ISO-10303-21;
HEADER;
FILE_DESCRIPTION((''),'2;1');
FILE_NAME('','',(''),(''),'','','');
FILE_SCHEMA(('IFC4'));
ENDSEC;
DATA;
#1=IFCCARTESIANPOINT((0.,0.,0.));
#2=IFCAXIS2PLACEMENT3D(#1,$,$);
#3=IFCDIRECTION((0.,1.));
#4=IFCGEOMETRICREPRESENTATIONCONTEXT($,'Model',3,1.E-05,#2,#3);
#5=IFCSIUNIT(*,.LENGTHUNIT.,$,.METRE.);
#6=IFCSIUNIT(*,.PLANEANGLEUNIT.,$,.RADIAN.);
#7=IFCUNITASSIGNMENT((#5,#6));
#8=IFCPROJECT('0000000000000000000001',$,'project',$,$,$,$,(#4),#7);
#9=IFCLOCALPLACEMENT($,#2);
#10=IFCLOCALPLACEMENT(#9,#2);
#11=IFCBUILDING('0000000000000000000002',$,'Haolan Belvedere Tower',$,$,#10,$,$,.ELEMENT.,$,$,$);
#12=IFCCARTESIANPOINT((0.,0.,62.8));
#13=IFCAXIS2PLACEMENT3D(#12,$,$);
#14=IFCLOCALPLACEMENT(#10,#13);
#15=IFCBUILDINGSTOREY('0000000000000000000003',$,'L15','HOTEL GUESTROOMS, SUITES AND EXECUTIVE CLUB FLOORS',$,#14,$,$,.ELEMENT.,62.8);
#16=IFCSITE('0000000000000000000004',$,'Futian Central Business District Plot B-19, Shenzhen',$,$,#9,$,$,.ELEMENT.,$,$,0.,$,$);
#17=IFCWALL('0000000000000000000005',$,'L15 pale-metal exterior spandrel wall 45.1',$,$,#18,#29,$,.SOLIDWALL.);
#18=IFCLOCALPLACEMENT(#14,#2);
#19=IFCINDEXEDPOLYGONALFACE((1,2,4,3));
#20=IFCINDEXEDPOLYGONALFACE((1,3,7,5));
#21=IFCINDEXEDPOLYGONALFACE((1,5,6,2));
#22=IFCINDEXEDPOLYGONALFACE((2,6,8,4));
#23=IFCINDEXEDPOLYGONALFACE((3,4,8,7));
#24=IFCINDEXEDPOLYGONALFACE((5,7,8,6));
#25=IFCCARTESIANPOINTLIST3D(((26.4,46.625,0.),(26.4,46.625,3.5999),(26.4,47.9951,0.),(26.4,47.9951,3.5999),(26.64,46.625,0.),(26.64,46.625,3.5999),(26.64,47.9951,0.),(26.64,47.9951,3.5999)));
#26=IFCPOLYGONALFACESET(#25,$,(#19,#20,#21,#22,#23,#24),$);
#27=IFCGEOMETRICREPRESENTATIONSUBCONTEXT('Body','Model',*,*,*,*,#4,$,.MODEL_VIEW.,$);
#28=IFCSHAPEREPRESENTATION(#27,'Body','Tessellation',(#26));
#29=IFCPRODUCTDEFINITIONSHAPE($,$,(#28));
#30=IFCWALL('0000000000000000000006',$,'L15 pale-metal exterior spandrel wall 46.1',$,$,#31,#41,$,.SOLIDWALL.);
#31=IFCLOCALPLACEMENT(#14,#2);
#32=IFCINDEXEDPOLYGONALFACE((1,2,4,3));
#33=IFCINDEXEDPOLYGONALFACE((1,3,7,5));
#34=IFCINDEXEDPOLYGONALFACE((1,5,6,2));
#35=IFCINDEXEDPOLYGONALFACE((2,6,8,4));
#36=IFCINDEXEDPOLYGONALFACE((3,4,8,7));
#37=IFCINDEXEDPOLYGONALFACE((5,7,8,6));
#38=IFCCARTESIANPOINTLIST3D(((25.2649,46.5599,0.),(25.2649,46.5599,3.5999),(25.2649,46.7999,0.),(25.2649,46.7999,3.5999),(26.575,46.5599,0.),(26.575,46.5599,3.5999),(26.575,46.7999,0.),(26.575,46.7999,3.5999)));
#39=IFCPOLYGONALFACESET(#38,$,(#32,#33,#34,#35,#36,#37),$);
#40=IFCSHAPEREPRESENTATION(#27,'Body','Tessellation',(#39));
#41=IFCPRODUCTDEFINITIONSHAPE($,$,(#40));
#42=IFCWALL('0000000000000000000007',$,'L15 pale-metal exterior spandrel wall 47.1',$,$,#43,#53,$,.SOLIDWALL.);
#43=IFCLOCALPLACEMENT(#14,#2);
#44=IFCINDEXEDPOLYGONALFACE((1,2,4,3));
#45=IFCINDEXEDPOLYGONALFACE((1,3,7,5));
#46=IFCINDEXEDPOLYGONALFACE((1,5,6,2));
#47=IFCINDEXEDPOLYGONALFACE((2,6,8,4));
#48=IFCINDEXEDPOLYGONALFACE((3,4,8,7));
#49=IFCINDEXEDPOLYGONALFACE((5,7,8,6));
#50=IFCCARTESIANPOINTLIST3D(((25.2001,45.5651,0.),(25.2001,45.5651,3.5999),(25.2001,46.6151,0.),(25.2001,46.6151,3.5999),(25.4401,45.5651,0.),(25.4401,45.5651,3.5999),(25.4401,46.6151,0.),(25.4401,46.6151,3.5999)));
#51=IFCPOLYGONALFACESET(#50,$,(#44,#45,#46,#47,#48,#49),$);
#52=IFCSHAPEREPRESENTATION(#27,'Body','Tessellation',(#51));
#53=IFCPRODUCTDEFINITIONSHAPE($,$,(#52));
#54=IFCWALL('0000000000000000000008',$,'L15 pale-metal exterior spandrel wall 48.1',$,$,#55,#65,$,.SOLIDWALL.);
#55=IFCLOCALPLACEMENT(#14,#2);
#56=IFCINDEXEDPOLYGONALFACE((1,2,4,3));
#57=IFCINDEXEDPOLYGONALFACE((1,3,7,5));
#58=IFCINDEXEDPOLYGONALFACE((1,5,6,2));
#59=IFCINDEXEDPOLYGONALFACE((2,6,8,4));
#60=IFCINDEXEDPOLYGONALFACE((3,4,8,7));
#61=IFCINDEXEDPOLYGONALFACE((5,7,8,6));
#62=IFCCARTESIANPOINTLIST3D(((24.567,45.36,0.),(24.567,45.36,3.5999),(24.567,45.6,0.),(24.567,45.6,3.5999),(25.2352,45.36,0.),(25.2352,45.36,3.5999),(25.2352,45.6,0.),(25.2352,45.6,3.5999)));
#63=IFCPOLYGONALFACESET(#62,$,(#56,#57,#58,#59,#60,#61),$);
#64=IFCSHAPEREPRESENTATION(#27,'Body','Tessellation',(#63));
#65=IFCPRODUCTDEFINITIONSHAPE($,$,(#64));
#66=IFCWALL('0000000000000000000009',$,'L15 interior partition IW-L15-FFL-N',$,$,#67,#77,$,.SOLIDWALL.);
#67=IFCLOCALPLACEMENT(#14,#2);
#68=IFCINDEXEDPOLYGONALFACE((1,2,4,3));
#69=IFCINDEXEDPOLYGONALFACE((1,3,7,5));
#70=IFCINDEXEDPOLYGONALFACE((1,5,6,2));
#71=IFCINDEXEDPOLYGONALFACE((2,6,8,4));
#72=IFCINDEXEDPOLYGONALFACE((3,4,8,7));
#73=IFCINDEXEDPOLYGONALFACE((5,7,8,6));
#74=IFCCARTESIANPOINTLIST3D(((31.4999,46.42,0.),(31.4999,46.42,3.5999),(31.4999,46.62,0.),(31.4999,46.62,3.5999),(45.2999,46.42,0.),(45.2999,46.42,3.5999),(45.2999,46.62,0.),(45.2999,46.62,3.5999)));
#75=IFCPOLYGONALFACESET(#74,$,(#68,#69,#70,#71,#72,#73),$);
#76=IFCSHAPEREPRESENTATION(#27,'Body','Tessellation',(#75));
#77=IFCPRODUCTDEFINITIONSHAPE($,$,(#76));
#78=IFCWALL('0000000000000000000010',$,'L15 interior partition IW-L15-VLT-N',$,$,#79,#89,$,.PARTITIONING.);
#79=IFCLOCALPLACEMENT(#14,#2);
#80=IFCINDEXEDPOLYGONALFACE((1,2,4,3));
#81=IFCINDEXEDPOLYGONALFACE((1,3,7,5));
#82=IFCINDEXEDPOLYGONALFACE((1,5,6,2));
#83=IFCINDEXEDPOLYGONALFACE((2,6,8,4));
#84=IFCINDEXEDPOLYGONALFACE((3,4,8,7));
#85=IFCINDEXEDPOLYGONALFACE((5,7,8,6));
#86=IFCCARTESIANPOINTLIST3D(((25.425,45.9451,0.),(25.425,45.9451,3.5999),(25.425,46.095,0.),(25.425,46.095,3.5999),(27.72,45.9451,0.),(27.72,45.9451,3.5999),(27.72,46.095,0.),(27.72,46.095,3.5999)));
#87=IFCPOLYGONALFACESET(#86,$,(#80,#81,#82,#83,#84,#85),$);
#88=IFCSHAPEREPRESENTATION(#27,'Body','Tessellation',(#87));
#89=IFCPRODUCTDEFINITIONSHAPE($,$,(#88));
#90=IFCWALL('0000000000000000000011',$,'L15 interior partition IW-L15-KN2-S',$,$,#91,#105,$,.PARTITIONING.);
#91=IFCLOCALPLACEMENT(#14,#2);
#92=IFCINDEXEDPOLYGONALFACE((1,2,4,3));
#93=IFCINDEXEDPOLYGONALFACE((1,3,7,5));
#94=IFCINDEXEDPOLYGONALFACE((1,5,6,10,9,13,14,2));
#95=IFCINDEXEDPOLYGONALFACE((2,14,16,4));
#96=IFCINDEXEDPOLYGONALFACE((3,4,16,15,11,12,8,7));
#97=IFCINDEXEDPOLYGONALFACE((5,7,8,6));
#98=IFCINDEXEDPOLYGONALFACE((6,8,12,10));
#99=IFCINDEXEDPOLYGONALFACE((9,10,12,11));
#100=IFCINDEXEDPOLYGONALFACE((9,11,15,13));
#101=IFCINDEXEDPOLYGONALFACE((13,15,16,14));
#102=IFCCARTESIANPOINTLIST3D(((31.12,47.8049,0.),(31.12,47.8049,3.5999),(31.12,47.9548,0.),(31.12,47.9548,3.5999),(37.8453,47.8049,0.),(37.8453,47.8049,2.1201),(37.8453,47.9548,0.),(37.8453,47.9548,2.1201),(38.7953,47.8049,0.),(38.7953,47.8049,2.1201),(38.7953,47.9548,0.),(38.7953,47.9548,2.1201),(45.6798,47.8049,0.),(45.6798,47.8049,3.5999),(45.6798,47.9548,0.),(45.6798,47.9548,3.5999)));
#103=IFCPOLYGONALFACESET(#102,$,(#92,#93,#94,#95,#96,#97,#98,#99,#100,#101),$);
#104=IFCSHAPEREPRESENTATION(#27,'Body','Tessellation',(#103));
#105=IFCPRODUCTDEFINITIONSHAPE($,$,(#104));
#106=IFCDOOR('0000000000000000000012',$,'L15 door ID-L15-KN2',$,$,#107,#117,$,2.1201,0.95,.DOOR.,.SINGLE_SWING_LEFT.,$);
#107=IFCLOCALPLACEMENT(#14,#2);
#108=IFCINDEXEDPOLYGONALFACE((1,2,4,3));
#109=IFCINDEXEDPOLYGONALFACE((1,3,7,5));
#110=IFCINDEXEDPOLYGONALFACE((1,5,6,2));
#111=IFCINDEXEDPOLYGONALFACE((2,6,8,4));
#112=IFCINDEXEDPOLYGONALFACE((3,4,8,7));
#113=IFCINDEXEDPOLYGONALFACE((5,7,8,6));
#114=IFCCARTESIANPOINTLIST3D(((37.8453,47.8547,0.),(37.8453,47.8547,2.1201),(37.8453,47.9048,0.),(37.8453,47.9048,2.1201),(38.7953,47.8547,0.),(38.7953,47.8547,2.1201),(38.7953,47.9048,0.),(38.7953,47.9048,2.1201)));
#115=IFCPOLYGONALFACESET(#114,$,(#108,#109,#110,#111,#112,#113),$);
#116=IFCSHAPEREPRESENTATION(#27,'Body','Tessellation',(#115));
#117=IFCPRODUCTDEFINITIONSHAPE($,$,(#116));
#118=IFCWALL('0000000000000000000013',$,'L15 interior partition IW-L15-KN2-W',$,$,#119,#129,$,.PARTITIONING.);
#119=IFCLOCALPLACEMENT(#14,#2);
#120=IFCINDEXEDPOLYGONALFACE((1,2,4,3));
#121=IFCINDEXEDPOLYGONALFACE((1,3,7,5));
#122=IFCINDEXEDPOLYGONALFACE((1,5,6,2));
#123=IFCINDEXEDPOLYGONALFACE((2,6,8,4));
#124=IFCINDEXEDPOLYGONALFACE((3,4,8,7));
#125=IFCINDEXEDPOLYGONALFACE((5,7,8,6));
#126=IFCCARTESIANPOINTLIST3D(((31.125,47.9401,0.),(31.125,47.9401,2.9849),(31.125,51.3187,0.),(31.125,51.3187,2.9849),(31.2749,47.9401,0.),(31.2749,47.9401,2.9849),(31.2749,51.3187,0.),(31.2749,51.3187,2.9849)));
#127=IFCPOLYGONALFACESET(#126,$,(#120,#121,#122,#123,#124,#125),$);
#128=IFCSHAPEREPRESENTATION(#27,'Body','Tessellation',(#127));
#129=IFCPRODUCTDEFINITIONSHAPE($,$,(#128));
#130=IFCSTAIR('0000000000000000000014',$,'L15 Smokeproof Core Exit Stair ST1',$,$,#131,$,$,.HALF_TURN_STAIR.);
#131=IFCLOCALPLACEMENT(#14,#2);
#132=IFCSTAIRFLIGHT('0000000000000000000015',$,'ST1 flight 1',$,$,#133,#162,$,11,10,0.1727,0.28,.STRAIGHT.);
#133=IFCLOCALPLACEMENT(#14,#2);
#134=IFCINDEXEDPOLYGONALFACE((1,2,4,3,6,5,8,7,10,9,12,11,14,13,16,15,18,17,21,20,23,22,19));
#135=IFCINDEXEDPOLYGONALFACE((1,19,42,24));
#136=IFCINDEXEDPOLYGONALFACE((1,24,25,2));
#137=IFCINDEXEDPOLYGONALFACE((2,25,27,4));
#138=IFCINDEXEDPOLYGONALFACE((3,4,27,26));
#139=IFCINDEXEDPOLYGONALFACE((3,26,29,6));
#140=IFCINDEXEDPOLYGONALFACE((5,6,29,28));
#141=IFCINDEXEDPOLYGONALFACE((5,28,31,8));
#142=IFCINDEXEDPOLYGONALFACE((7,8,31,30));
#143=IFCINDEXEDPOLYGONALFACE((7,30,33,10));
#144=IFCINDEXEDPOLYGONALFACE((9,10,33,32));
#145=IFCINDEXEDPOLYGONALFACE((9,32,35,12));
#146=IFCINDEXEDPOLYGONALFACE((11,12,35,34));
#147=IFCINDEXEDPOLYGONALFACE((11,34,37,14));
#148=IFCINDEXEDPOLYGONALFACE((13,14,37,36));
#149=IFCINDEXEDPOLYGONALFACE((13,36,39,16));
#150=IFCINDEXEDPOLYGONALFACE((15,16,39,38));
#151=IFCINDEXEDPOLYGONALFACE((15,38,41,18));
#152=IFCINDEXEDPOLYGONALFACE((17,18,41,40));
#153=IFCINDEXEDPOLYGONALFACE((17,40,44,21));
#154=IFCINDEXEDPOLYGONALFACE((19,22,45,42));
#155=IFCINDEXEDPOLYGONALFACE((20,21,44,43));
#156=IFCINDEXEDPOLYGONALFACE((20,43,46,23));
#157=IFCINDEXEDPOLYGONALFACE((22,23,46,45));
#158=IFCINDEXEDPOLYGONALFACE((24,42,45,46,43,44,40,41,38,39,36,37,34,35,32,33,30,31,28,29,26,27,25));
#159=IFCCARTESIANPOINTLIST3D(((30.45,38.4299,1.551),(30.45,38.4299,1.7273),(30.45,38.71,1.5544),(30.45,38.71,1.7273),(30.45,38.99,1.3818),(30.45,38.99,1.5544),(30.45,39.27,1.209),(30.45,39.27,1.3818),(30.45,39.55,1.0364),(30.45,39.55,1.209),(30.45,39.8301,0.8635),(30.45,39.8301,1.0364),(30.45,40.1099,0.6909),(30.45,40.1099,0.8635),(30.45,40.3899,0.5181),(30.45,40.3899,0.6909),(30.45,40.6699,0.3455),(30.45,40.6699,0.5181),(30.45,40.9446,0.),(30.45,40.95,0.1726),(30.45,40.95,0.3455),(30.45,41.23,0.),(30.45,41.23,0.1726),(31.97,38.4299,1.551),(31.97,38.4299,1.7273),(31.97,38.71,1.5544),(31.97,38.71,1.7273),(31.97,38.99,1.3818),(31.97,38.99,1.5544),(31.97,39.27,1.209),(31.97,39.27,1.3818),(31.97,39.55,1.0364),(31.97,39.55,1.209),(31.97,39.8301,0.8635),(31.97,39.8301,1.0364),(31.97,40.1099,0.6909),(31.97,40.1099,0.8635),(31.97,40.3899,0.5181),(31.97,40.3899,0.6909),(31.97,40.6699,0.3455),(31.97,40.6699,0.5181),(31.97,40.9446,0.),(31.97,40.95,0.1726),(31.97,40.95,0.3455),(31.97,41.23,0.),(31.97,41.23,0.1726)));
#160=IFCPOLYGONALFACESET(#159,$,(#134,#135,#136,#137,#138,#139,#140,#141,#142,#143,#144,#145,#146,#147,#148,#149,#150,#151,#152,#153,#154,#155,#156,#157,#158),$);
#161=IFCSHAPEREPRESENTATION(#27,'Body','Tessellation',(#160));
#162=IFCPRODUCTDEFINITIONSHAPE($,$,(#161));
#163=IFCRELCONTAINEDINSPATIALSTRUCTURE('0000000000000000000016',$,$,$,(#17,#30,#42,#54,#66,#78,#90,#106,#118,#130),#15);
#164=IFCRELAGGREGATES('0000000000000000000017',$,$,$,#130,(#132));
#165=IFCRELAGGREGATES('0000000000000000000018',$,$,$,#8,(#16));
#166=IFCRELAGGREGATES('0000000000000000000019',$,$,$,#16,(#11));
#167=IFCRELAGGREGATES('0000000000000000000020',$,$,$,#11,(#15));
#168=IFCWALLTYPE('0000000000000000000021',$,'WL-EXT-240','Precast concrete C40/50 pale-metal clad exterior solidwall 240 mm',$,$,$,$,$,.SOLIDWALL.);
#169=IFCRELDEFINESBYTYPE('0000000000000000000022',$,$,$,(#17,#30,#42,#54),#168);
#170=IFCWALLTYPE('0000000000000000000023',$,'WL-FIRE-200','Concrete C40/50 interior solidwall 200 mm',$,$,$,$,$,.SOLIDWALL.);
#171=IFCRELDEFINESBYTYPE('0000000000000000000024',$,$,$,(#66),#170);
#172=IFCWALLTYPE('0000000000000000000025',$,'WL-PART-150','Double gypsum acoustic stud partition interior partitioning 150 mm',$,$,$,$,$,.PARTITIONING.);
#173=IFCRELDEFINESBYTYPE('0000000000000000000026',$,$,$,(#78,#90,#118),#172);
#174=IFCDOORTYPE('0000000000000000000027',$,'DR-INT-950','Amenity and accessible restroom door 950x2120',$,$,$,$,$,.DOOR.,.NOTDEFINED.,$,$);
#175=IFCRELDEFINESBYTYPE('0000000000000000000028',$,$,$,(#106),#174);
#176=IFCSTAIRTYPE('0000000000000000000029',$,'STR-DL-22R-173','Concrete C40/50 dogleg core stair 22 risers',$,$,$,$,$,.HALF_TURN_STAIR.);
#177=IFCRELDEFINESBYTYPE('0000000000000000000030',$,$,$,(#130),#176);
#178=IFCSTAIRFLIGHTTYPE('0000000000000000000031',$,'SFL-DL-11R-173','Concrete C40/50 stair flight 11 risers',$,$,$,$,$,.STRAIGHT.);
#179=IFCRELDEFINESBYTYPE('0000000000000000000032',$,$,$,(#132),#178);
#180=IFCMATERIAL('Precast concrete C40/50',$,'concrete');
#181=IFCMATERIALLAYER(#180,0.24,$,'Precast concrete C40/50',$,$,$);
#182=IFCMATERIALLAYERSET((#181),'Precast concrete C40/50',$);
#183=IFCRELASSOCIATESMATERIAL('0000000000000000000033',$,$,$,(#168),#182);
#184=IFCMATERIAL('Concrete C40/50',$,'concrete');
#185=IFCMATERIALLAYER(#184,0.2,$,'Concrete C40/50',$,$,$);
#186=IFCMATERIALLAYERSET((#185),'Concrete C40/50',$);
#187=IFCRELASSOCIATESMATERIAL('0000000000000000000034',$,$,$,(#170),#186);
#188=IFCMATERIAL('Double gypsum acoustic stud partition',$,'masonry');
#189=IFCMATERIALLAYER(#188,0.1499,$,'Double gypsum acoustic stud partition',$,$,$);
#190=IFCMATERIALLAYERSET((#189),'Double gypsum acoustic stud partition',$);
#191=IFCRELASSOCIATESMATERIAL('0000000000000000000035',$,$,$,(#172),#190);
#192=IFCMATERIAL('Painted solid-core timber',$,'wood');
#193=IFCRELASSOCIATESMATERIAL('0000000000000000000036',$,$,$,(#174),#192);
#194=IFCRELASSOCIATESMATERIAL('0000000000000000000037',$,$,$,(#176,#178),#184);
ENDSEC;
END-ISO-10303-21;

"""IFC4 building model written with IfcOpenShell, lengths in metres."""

from ifc_helpers import new_model, si_unit, direction, frame, frame_2d, origin, place, context, subcontext, project, spatial, polyline, rectangle, outline, extrude, material, layer, layer_set, type_object, element, fill, aggregate, save


model = new_model("IFC4")

# Units and contexts
model_context = context("Model", 3, precision=1e-05, world=origin(), true_north=direction((0.0, 1.0)))
body_context = subcontext(model_context, "Body", "Model", "MODEL_VIEW")
ifc_project = project(units=[si_unit("LENGTHUNIT", "METRE"), si_unit("PLANEANGLEUNIT", "RADIAN")], contexts=[model_context])

# Site, building, storey
site_placement = place(None, origin())
site = spatial("IfcSite", under=ifc_project, at=site_placement, Name="Futian Central Business District Plot B-19, Shenzhen", CompositionType="ELEMENT", RefElevation=0.0)
building_placement = place(site_placement, origin())
building = spatial("IfcBuilding", under=site, at=building_placement, Name="Haolan Belvedere Tower", CompositionType="ELEMENT")
storey_placement = place(building_placement, frame((0.0, 0.0, 62.8)))
storey = spatial("IfcBuildingStorey", under=building, at=storey_placement, Name="L15", Description="HOTEL GUESTROOMS, SUITES AND EXECUTIVE CLUB FLOORS", CompositionType="ELEMENT", Elevation=62.8)

# Shared definitions
ifc_material_1 = material(Name="Precast concrete C40/50", Category="concrete")
ifc_layer_1 = layer(ifc_material_1, 0.24, Name="Precast concrete C40/50")
ifc_layer_set_1 = layer_set([ifc_layer_1], Name="Precast concrete C40/50")
wall_type_1 = type_object("IfcWallType", Name="WL-EXT-240", Description="Precast concrete C40/50 pale-metal clad exterior solidwall 240 mm", PredefinedType="SOLIDWALL", material=ifc_layer_set_1)

# Walls
wall_1_placement = place(storey_placement, frame((26.52, 47.9951, 0.0), z_axis=(0.0, 0.0, 1.0), x_axis=(0.0, -1.0, 0.0)))
element("IfcWall", 1, at=wall_1_placement, inside=storey, type_object=wall_type_1, Name="L15 pale-metal exterior spandrel wall 45.1", PredefinedType="SOLIDWALL", context=body_context, shape_type="SweptSolid", body=[
    extrude(rectangle(XDim=1.3701, YDim=0.24, at=frame_2d((0.6851, 0.0))), origin(), (0.0, 0.0, 1.0), 3.5999),
])
wall_2_placement = place(storey_placement, frame((26.575, 46.6799, 0.0), z_axis=(0.0, 0.0, 1.0), x_axis=(-1.0, 0.0, 0.0)))
element("IfcWall", 2, at=wall_2_placement, inside=storey, type_object=wall_type_1, Name="L15 pale-metal exterior spandrel wall 46.1", PredefinedType="SOLIDWALL", context=body_context, shape_type="SweptSolid", body=[
    extrude(rectangle(XDim=1.3101, YDim=0.24, at=frame_2d((0.655, 0.0))), origin(), (0.0, 0.0, 1.0), 3.5999),
])
wall_3_placement = place(storey_placement, frame((25.3201, 46.615, 0.0), z_axis=(0.0, 0.0, 1.0), x_axis=(0.0, -1.0, 0.0)))
element("IfcWall", 3, at=wall_3_placement, inside=storey, type_object=wall_type_1, Name="L15 pale-metal exterior spandrel wall 47.1", PredefinedType="SOLIDWALL", context=body_context, shape_type="SweptSolid", body=[
    extrude(rectangle(XDim=1.05, YDim=0.24, at=frame_2d((0.5249, 0.0))), origin(), (0.0, 0.0, 1.0), 3.5999),
])
wall_4_placement = place(storey_placement, frame((25.2351, 45.48, 0.0), z_axis=(0.0, 0.0, 1.0), x_axis=(-1.0, 0.0, 0.0)))
element("IfcWall", 4, at=wall_4_placement, inside=storey, type_object=wall_type_1, Name="L15 pale-metal exterior spandrel wall 48.1", PredefinedType="SOLIDWALL", context=body_context, shape_type="SweptSolid", body=[
    extrude(rectangle(XDim=0.6682, YDim=0.24, at=frame_2d((0.334, 0.0))), origin(), (0.0, 0.0, 1.0), 3.5999),
])
ifc_material_2 = material(Name="Concrete C40/50", Category="concrete")
ifc_layer_2 = layer(ifc_material_2, 0.2, Name="Concrete C40/50")
ifc_layer_set_2 = layer_set([ifc_layer_2], Name="Concrete C40/50")
wall_type_2 = type_object("IfcWallType", Name="WL-FIRE-200", Description="Concrete C40/50 interior solidwall 200 mm", PredefinedType="SOLIDWALL", material=ifc_layer_set_2)
wall_5_placement = place(storey_placement, frame((31.5, 46.52, 0.0), z_axis=(0.0, 0.0, 1.0), x_axis=(1.0, 0.0, 0.0)))
element("IfcWall", 5, at=wall_5_placement, inside=storey, type_object=wall_type_2, Name="L15 interior partition IW-L15-FFL-N", PredefinedType="SOLIDWALL", context=body_context, shape_type="SweptSolid", body=[
    extrude(rectangle(XDim=13.8, YDim=0.2, at=frame_2d((6.8999, 0.0))), origin(), (0.0, 0.0, 1.0), 3.5999),
])

# Wall
ifc_material_3 = material(Name="Double gypsum acoustic stud partition", Category="masonry")
ifc_layer_3 = layer(ifc_material_3, 0.1499, Name="Double gypsum acoustic stud partition")
ifc_layer_set_3 = layer_set([ifc_layer_3], Name="Double gypsum acoustic stud partition")
wall_type_3 = type_object("IfcWallType", Name="WL-PART-150", Description="Double gypsum acoustic stud partition interior partitioning 150 mm", PredefinedType="PARTITIONING", material=ifc_layer_set_3)
wall_6_placement = place(storey_placement, frame((25.425, 46.02, 0.0), z_axis=(0.0, 0.0, 1.0), x_axis=(1.0, 0.0, 0.0)))
element("IfcWall", 6, at=wall_6_placement, inside=storey, type_object=wall_type_3, Name="L15 interior partition IW-L15-VLT-N", PredefinedType="PARTITIONING", context=body_context, shape_type="SweptSolid", body=[
    extrude(rectangle(XDim=2.2949, YDim=0.1499, at=frame_2d((1.1475, 0.0))), origin(), (0.0, 0.0, 1.0), 3.5999),
])

# Wall, opening, door
wall_7_placement = place(storey_placement, frame((31.1201, 47.8799, 0.0), z_axis=(0.0, 0.0, 1.0), x_axis=(1.0, 0.0, 0.0)))
wall_7 = element("IfcWall", 7, at=wall_7_placement, inside=storey, type_object=wall_type_3, Name="L15 interior partition IW-L15-KN2-S", PredefinedType="PARTITIONING", context=body_context, shape_type="SweptSolid", body=[
    extrude(rectangle(XDim=14.5598, YDim=0.1499, at=frame_2d((7.2798, 0.0))), origin(), (0.0, 0.0, 1.0), 3.5999),
])
opening_1_placement = place(wall_7_placement, frame((6.7251, 0.0, 0.0)))
opening_1 = element("IfcOpeningElement", 8, at=opening_1_placement, cuts=wall_7, PredefinedType="OPENING", context=body_context, shape_type="SweptSolid", body=[
    extrude(rectangle(XDim=0.95, YDim=2.1201, at=frame_2d((0.4751, 1.0601))), frame((0.0, 0.085, 0.0), z_axis=(0.0, -1.0, 0.0), x_axis=(1.0, 0.0, 0.0)), (0.0, 0.0, 1.0), 0.1699),
])
ifc_material_4 = material(Name="Painted solid-core timber", Category="wood")
door_type_1 = type_object("IfcDoorType", Name="DR-INT-950", Description="Amenity and accessible restroom door 950x2120", OperationType="NOTDEFINED", PredefinedType="DOOR", material=ifc_material_4)
door_1_placement = place(opening_1_placement, origin())
door_1 = element("IfcDoor", 9, at=door_1_placement, inside=storey, type_object=door_type_1, Name="L15 door ID-L15-KN2", OperationType="SINGLE_SWING_LEFT", OverallHeight=2.1201, OverallWidth=0.95, PredefinedType="DOOR", context=body_context, shape_type="SweptSolid", body=[
    extrude(rectangle(XDim=0.95, YDim=2.1201, at=frame_2d((0.4751, 1.0601))), frame((0.0, 0.0249, 0.0), z_axis=(0.0, -1.0, 0.0), x_axis=(1.0, 0.0, 0.0)), (0.0, 0.0, 1.0), 0.05),
])
fill(opening_1, door_1)

# Wall
wall_8_placement = place(storey_placement, frame((31.2, 47.9399, 0.0), z_axis=(0.0, 0.0, 1.0), x_axis=(0.0, 1.0, 0.0)))
element("IfcWall", 10, at=wall_8_placement, inside=storey, type_object=wall_type_3, Name="L15 interior partition IW-L15-KN2-W", PredefinedType="PARTITIONING", context=body_context, shape_type="SweptSolid", body=[
    extrude(rectangle(XDim=3.3787, YDim=0.1499, at=frame_2d((1.6895, 0.0))), origin(), (0.0, 0.0, 1.0), 2.9849),
])

# Stair, stair flight
stair_type = type_object("IfcStairType", Name="STR-DL-22R-173", Description="Concrete C40/50 dogleg core stair 22 risers", PredefinedType="HALF_TURN_STAIR", material=ifc_material_2)
stair_1_placement = place(storey_placement, origin())
stair_1 = element("IfcStair", 11, at=stair_1_placement, inside=storey, type_object=stair_type, Name="L15 Smokeproof Core Exit Stair ST1", PredefinedType="HALF_TURN_STAIR")
stair_flight_type = type_object("IfcStairFlightType", Name="SFL-DL-11R-173", Description="Concrete C40/50 stair flight 11 risers", PredefinedType="STRAIGHT", material=ifc_material_2)
stair_flight_1_placement = place(storey_placement, frame((31.21, 41.23, 0.0), z_axis=(0.0, 0.0, 1.0), x_axis=(0.0, -1.0, 0.0)))
stair_flight_1 = element("IfcStairFlight", 12, at=stair_flight_1_placement, type_object=stair_flight_type, Name="ST1 flight 1", NumberOfRisers=11, NumberOfTreads=10, PredefinedType="STRAIGHT", RiserHeight=0.1727, TreadLength=0.28, context=body_context, shape_type="SweptSolid", body=[
    extrude(outline(polyline([(0.0, 0.0), (0.0, 0.1726), (0.28, 0.1726), (0.28, 0.3455), (0.5601, 0.3455), (0.5601, 0.5181), (0.8401, 0.5181), (0.8401, 0.6909), (1.1201, 0.6909), (1.1201, 0.8635), (1.3999, 0.8635), (1.3999, 1.0364), (1.6799, 1.0364), (1.6799, 1.209), (1.96, 1.209), (1.96, 1.3818), (2.24, 1.3818), (2.24, 1.5544), (2.52, 1.5544), (2.52, 1.7273), (2.8, 1.7273), (2.8, 1.8999), (2.8, 1.551), (0.2854, 0.0), (0.0, 0.0)])), frame((0.0, 0.76, 0.0), z_axis=(0.0, -1.0, 0.0), x_axis=(1.0, 0.0, 0.0)), (0.0, 0.0, 1.0), 1.52),
])
aggregate(stair_1, [stair_flight_1])

save(model, "model.ifc")
